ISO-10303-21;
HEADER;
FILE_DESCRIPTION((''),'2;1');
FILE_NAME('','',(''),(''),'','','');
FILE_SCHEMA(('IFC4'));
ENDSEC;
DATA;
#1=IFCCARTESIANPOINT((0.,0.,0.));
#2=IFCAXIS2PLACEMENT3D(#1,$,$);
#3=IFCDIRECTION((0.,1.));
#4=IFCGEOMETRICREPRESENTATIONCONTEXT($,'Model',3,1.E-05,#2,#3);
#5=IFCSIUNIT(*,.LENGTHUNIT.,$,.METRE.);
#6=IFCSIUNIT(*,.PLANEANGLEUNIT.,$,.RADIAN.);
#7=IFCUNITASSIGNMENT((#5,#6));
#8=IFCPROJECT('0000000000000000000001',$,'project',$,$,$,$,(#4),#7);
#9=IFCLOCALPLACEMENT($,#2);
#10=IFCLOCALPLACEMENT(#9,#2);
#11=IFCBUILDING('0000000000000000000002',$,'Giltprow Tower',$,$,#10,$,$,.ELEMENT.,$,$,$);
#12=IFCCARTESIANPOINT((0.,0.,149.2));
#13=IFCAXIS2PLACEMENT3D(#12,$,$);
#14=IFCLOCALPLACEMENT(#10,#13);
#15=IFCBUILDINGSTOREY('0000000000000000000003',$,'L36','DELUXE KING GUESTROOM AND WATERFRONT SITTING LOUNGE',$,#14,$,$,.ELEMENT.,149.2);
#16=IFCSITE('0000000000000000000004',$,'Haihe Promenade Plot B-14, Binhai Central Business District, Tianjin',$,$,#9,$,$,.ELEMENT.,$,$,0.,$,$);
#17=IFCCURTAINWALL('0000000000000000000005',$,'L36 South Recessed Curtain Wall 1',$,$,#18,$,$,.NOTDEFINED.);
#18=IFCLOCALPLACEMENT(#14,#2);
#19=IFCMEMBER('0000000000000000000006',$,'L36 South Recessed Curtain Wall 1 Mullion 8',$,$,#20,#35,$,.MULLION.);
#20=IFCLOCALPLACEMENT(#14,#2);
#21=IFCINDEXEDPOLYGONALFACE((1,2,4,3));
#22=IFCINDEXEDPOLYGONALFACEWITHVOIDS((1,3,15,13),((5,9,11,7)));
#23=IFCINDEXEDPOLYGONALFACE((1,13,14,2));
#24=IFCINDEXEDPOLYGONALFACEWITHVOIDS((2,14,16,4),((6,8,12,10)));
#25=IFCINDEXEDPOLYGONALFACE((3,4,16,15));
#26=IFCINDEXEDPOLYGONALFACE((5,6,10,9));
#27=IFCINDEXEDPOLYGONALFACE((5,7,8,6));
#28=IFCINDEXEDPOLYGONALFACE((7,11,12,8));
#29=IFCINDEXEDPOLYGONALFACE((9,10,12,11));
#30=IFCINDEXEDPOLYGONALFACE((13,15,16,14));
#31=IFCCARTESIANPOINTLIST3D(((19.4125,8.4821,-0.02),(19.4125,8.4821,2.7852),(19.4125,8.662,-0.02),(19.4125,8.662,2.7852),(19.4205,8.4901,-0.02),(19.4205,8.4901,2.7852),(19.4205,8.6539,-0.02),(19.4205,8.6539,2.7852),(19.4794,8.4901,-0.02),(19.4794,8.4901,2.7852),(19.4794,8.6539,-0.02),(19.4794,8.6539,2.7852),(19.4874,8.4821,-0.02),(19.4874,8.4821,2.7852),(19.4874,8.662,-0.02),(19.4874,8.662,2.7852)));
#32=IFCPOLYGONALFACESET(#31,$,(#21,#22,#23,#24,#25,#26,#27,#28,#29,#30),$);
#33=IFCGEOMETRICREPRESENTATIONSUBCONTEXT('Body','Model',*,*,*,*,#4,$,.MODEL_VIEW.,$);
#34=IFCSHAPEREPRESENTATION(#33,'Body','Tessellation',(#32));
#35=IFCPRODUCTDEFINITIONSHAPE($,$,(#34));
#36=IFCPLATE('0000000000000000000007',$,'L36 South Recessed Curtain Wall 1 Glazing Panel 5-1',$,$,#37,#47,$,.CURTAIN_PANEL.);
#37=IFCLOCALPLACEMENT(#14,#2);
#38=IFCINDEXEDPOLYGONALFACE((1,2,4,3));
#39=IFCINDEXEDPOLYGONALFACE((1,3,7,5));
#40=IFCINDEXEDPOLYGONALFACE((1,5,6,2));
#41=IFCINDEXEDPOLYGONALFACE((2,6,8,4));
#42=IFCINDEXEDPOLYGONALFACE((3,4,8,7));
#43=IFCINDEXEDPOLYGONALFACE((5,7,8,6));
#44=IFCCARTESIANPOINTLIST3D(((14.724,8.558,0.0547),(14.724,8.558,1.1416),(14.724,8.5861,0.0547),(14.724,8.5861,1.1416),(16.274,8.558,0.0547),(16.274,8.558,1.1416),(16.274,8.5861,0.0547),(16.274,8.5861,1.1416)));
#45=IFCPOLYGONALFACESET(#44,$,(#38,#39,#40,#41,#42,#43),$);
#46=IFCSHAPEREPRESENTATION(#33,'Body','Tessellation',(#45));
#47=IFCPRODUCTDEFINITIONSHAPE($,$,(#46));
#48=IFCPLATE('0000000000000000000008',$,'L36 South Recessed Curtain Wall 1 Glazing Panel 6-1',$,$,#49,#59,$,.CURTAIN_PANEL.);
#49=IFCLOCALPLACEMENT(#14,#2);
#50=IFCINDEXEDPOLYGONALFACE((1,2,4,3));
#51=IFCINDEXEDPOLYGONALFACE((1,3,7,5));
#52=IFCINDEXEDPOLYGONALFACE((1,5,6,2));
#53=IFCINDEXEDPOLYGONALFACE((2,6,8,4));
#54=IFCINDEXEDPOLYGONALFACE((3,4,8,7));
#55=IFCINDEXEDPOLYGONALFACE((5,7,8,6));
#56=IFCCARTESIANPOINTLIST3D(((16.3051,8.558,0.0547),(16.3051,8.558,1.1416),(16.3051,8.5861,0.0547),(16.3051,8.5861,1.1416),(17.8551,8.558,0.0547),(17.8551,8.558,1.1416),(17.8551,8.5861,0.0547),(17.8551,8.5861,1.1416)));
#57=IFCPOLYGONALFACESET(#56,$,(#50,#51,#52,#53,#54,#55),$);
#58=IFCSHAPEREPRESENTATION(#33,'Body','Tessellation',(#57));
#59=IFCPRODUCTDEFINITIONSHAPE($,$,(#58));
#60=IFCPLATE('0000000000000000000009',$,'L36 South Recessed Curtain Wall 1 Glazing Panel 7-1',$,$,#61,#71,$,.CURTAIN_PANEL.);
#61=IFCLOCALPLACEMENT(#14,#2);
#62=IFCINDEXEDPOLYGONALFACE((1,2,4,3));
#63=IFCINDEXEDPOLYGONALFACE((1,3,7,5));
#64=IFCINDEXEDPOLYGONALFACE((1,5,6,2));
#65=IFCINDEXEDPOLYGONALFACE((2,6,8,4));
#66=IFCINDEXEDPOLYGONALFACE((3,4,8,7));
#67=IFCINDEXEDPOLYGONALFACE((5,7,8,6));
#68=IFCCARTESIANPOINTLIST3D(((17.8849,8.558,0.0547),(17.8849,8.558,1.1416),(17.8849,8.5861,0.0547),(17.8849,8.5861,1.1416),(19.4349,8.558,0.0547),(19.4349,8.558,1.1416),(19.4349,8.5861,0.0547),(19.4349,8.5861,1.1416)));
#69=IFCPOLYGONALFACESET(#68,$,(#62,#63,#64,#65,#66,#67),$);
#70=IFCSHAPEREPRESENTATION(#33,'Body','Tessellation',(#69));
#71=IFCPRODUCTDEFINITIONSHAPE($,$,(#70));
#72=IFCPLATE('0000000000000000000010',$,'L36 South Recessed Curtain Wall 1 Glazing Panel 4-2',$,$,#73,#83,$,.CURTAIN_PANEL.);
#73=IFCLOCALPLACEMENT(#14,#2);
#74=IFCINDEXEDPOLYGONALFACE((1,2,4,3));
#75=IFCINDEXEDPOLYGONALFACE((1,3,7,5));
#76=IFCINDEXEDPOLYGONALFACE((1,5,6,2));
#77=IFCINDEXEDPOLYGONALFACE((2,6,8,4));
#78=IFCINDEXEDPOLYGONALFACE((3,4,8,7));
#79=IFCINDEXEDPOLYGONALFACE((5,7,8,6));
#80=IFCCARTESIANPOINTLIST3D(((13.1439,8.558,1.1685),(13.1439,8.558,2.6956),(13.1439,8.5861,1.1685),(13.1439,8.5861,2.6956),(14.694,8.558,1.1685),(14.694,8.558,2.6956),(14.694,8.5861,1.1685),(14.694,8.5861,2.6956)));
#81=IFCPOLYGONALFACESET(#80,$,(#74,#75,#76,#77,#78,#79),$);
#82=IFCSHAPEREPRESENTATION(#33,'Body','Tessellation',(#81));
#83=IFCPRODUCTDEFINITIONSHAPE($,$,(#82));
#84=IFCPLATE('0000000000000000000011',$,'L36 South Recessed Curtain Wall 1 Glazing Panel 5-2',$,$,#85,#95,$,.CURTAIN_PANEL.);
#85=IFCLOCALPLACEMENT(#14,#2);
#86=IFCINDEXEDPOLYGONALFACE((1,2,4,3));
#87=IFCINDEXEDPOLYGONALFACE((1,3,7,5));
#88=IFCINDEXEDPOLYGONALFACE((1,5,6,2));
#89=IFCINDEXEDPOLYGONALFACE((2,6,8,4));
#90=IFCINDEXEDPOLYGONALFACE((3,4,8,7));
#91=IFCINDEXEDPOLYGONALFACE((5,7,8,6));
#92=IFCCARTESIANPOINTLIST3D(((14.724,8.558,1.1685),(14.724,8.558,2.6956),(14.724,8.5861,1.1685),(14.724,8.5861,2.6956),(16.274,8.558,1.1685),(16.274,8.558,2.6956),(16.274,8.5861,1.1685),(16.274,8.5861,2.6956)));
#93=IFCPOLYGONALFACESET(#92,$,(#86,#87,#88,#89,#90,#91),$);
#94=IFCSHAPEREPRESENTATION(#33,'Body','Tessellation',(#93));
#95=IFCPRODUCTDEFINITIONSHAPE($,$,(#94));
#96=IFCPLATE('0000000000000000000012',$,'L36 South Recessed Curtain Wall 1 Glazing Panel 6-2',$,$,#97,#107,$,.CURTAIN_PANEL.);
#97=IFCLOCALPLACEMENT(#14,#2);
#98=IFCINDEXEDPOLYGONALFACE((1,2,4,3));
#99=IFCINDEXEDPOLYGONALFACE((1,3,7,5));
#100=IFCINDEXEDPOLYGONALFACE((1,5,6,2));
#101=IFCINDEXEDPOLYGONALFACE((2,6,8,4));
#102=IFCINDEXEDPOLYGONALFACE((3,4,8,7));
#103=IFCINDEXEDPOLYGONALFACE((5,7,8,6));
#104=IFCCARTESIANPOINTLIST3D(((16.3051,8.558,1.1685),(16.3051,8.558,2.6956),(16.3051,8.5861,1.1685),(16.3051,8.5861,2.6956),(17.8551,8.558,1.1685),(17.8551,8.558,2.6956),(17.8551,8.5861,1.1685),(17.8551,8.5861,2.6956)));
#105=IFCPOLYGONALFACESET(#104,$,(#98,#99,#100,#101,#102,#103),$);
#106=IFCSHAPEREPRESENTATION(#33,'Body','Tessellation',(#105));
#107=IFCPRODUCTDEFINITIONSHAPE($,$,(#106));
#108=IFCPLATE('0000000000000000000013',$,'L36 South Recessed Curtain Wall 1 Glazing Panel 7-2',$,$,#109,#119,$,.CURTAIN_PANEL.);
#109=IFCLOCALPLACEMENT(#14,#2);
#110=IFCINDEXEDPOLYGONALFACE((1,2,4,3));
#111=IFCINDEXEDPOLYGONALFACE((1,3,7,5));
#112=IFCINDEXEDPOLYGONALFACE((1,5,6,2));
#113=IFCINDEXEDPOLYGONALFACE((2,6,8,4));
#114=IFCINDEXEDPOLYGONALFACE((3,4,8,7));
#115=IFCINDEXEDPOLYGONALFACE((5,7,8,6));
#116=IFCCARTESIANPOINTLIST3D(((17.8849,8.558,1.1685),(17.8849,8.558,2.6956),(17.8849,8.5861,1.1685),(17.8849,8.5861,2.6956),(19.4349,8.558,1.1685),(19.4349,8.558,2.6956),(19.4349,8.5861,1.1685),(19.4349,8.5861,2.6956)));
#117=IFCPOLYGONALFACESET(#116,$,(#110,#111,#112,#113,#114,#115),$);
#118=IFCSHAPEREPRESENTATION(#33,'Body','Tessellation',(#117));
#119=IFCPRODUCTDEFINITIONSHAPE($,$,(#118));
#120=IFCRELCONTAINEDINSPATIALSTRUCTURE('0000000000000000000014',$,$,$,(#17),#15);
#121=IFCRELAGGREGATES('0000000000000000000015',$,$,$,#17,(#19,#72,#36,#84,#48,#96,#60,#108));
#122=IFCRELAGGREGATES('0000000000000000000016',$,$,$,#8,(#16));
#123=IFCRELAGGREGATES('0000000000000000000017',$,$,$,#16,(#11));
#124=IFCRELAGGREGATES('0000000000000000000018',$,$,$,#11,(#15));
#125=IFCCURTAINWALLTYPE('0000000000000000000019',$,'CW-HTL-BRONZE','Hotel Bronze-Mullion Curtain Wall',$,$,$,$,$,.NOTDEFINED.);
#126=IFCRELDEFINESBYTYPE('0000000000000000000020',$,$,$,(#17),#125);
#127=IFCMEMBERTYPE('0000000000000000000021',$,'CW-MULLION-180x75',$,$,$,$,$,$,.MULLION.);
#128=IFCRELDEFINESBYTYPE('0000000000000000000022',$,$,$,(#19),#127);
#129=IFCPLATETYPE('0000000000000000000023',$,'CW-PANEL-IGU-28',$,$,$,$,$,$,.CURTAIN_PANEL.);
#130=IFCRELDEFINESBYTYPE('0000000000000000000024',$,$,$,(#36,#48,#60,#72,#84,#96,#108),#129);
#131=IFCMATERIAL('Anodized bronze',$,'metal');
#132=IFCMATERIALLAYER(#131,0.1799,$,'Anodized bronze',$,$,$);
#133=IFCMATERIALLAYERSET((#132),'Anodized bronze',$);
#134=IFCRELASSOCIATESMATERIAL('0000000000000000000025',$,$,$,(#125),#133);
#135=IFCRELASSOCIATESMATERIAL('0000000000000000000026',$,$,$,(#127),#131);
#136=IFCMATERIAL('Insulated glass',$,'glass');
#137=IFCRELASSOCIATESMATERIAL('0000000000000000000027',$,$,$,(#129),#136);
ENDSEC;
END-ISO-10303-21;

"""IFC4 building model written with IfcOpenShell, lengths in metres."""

from ifc_helpers import new_model, si_unit, direction, frame, origin, origin_2d, place, context, subcontext, project, spatial, rectangle, hollow_rectangle, extrude, source, transform, mapped, material, layer, layer_set, material_profile, profile_set, type_object, element, aggregate, save


model = new_model("IFC4")

# Units and contexts
model_context = context("Model", 3, precision=1e-05, world=origin(), true_north=direction((0.0, 1.0)))
body_context = subcontext(model_context, "Body", "Model", "MODEL_VIEW")
ifc_project = project(units=[si_unit("LENGTHUNIT", "METRE"), si_unit("PLANEANGLEUNIT", "RADIAN")], contexts=[model_context])

# Site, building, storey
site_placement = place(None, origin())
site = spatial("IfcSite", under=ifc_project, at=site_placement, Name="Haihe Promenade Plot B-14, Binhai Central Business District, Tianjin", CompositionType="ELEMENT", RefElevation=0.0)
building_placement = place(site_placement, origin())
building = spatial("IfcBuilding", under=site, at=building_placement, Name="Giltprow Tower", CompositionType="ELEMENT")
storey_placement = place(building_placement, frame((0.0, 0.0, 149.2)))
storey = spatial("IfcBuildingStorey", under=building, at=storey_placement, Name="L36", Description="DELUXE KING GUESTROOM AND WATERFRONT SITTING LOUNGE", CompositionType="ELEMENT", Elevation=149.2)

# Curtain wall, member, plates
ifc_material_1 = material(Name="Anodized bronze", Category="metal")
ifc_layer = layer(ifc_material_1, 0.1799, Name="Anodized bronze")
ifc_layer_set = layer_set([ifc_layer], Name="Anodized bronze")
curtain_wall_type = type_object("IfcCurtainWallType", Name="CW-HTL-BRONZE", Description="Hotel Bronze-Mullion Curtain Wall", PredefinedType="NOTDEFINED", material=ifc_layer_set)
curtain_wall_placement = place(storey_placement, origin())
curtain_wall = element("IfcCurtainWall", 1, at=curtain_wall_placement, inside=storey, type_object=curtain_wall_type, Name="L36 South Recessed Curtain Wall 1", PredefinedType="NOTDEFINED")
ifc_material_profile_1 = material_profile(ifc_material_1, hollow_rectangle(XDim=0.075, YDim=0.1799, WallThickness=0.0081, at=origin_2d()), Name="RHS 180x75x8")
ifc_profile_set_1 = profile_set([ifc_material_profile_1], Name="Anodized bronze")
member_type = type_object("IfcMemberType", Name="CW-MULLION-180x75", PredefinedType="MULLION", material=ifc_profile_set_1)
shared_shape_1 = source(origin(), body_context, "Body", "SweptSolid", [
    extrude(hollow_rectangle(XDim=0.075, YDim=0.1799, WallThickness=0.0081, at=origin_2d()), origin(), (0.0, 0.0, 1.0), 2.8052),
])
member_1_placement = place(storey_placement, frame((19.45, 8.572, -0.02), z_axis=(0.0, 0.0, 1.0), x_axis=(1.0, 0.0, 0.0)))
member_1 = element("IfcMember", 2, at=member_1_placement, type_object=member_type, Name="L36 South Recessed Curtain Wall 1 Mullion 8", PredefinedType="MULLION", context=body_context, shape_type="MappedRepresentation", body=[
    mapped(shared_shape_1, transform((0.0, 0.0, 0.0), x_axis=(1.0, 0.0, 0.0), y_axis=(0.0, 1.0, 0.0), z_axis=(0.0, 0.0, 1.0), scale=1.0)),
])
ifc_material_2 = material(Name="Insulated glass", Category="glass")
plate_type = type_object("IfcPlateType", Name="CW-PANEL-IGU-28", PredefinedType="CURTAIN_PANEL", material=ifc_material_2)
shared_shape_2 = source(origin(), body_context, "Body", "SweptSolid", [
    extrude(rectangle(XDim=1.55, YDim=0.0281, at=origin_2d()), origin(), (0.0, 0.0, 1.0), 1.0869),
])
plate_1_placement = place(storey_placement, frame((15.499, 8.572, 0.0547), z_axis=(0.0, 0.0, 1.0), x_axis=(1.0, 0.0, 0.0)))
plate_1 = element("IfcPlate", 3, at=plate_1_placement, type_object=plate_type, Name="L36 South Recessed Curtain Wall 1 Glazing Panel 5-1", PredefinedType="CURTAIN_PANEL", context=body_context, shape_type="MappedRepresentation", body=[
    mapped(shared_shape_2, transform((0.0, 0.0, 0.0), x_axis=(1.0, 0.0, 0.0), y_axis=(0.0, 1.0, 0.0), z_axis=(0.0, 0.0, 1.0), scale=1.0)),
])
plate_2_placement = place(storey_placement, frame((17.0801, 8.572, 0.0547), z_axis=(0.0, 0.0, 1.0), x_axis=(1.0, 0.0, 0.0)))
plate_2 = element("IfcPlate", 4, at=plate_2_placement, type_object=plate_type, Name="L36 South Recessed Curtain Wall 1 Glazing Panel 6-1", PredefinedType="CURTAIN_PANEL", context=body_context, shape_type="MappedRepresentation", body=[
    mapped(shared_shape_2, transform((0.0, 0.0, 0.0), x_axis=(1.0, 0.0, 0.0), y_axis=(0.0, 1.0, 0.0), z_axis=(0.0, 0.0, 1.0), scale=1.0)),
])
plate_3_placement = place(storey_placement, frame((18.6599, 8.572, 0.0547), z_axis=(0.0, 0.0, 1.0), x_axis=(1.0, 0.0, 0.0)))
plate_3 = element("IfcPlate", 5, at=plate_3_placement, type_object=plate_type, Name="L36 South Recessed Curtain Wall 1 Glazing Panel 7-1", PredefinedType="CURTAIN_PANEL", context=body_context, shape_type="MappedRepresentation", body=[
    mapped(shared_shape_2, transform((0.0, 0.0, 0.0), x_axis=(1.0, 0.0, 0.0), y_axis=(0.0, 1.0, 0.0), z_axis=(0.0, 0.0, 1.0), scale=1.0)),
])
shared_shape_3 = source(origin(), body_context, "Body", "SweptSolid", [
    extrude(rectangle(XDim=1.55, YDim=0.0281, at=origin_2d()), origin(), (0.0, 0.0, 1.0), 1.5271),
])
plate_4_placement = place(storey_placement, frame((13.9189, 8.572, 1.1685), z_axis=(0.0, 0.0, 1.0), x_axis=(1.0, 0.0, 0.0)))
plate_4 = element("IfcPlate", 6, at=plate_4_placement, type_object=plate_type, Name="L36 South Recessed Curtain Wall 1 Glazing Panel 4-2", PredefinedType="CURTAIN_PANEL", context=body_context, shape_type="MappedRepresentation", body=[
    mapped(shared_shape_3, transform((0.0, 0.0, 0.0), x_axis=(1.0, 0.0, 0.0), y_axis=(0.0, 1.0, 0.0), z_axis=(0.0, 0.0, 1.0), scale=1.0)),
])
plate_5_placement = place(storey_placement, frame((15.499, 8.572, 1.1685), z_axis=(0.0, 0.0, 1.0), x_axis=(1.0, 0.0, 0.0)))
plate_5 = element("IfcPlate", 7, at=plate_5_placement, type_object=plate_type, Name="L36 South Recessed Curtain Wall 1 Glazing Panel 5-2", PredefinedType="CURTAIN_PANEL", context=body_context, shape_type="MappedRepresentation", body=[
    mapped(shared_shape_3, transform((0.0, 0.0, 0.0), x_axis=(1.0, 0.0, 0.0), y_axis=(0.0, 1.0, 0.0), z_axis=(0.0, 0.0, 1.0), scale=1.0)),
])
plate_6_placement = place(storey_placement, frame((17.0801, 8.572, 1.1685), z_axis=(0.0, 0.0, 1.0), x_axis=(1.0, 0.0, 0.0)))
plate_6 = element("IfcPlate", 8, at=plate_6_placement, type_object=plate_type, Name="L36 South Recessed Curtain Wall 1 Glazing Panel 6-2", PredefinedType="CURTAIN_PANEL", context=body_context, shape_type="MappedRepresentation", body=[
    mapped(shared_shape_3, transform((0.0, 0.0, 0.0), x_axis=(1.0, 0.0, 0.0), y_axis=(0.0, 1.0, 0.0), z_axis=(0.0, 0.0, 1.0), scale=1.0)),
])
plate_7_placement = place(storey_placement, frame((18.6599, 8.572, 1.1685), z_axis=(0.0, 0.0, 1.0), x_axis=(1.0, 0.0, 0.0)))
plate_7 = element("IfcPlate", 9, at=plate_7_placement, type_object=plate_type, Name="L36 South Recessed Curtain Wall 1 Glazing Panel 7-2", PredefinedType="CURTAIN_PANEL", context=body_context, shape_type="MappedRepresentation", body=[
    mapped(shared_shape_3, transform((0.0, 0.0, 0.0), x_axis=(1.0, 0.0, 0.0), y_axis=(0.0, 1.0, 0.0), z_axis=(0.0, 0.0, 1.0), scale=1.0)),
])
aggregate(curtain_wall, [member_1, plate_4, plate_1, plate_5, plate_2, plate_6, plate_3, plate_7])

save(model, "model.ifc")
